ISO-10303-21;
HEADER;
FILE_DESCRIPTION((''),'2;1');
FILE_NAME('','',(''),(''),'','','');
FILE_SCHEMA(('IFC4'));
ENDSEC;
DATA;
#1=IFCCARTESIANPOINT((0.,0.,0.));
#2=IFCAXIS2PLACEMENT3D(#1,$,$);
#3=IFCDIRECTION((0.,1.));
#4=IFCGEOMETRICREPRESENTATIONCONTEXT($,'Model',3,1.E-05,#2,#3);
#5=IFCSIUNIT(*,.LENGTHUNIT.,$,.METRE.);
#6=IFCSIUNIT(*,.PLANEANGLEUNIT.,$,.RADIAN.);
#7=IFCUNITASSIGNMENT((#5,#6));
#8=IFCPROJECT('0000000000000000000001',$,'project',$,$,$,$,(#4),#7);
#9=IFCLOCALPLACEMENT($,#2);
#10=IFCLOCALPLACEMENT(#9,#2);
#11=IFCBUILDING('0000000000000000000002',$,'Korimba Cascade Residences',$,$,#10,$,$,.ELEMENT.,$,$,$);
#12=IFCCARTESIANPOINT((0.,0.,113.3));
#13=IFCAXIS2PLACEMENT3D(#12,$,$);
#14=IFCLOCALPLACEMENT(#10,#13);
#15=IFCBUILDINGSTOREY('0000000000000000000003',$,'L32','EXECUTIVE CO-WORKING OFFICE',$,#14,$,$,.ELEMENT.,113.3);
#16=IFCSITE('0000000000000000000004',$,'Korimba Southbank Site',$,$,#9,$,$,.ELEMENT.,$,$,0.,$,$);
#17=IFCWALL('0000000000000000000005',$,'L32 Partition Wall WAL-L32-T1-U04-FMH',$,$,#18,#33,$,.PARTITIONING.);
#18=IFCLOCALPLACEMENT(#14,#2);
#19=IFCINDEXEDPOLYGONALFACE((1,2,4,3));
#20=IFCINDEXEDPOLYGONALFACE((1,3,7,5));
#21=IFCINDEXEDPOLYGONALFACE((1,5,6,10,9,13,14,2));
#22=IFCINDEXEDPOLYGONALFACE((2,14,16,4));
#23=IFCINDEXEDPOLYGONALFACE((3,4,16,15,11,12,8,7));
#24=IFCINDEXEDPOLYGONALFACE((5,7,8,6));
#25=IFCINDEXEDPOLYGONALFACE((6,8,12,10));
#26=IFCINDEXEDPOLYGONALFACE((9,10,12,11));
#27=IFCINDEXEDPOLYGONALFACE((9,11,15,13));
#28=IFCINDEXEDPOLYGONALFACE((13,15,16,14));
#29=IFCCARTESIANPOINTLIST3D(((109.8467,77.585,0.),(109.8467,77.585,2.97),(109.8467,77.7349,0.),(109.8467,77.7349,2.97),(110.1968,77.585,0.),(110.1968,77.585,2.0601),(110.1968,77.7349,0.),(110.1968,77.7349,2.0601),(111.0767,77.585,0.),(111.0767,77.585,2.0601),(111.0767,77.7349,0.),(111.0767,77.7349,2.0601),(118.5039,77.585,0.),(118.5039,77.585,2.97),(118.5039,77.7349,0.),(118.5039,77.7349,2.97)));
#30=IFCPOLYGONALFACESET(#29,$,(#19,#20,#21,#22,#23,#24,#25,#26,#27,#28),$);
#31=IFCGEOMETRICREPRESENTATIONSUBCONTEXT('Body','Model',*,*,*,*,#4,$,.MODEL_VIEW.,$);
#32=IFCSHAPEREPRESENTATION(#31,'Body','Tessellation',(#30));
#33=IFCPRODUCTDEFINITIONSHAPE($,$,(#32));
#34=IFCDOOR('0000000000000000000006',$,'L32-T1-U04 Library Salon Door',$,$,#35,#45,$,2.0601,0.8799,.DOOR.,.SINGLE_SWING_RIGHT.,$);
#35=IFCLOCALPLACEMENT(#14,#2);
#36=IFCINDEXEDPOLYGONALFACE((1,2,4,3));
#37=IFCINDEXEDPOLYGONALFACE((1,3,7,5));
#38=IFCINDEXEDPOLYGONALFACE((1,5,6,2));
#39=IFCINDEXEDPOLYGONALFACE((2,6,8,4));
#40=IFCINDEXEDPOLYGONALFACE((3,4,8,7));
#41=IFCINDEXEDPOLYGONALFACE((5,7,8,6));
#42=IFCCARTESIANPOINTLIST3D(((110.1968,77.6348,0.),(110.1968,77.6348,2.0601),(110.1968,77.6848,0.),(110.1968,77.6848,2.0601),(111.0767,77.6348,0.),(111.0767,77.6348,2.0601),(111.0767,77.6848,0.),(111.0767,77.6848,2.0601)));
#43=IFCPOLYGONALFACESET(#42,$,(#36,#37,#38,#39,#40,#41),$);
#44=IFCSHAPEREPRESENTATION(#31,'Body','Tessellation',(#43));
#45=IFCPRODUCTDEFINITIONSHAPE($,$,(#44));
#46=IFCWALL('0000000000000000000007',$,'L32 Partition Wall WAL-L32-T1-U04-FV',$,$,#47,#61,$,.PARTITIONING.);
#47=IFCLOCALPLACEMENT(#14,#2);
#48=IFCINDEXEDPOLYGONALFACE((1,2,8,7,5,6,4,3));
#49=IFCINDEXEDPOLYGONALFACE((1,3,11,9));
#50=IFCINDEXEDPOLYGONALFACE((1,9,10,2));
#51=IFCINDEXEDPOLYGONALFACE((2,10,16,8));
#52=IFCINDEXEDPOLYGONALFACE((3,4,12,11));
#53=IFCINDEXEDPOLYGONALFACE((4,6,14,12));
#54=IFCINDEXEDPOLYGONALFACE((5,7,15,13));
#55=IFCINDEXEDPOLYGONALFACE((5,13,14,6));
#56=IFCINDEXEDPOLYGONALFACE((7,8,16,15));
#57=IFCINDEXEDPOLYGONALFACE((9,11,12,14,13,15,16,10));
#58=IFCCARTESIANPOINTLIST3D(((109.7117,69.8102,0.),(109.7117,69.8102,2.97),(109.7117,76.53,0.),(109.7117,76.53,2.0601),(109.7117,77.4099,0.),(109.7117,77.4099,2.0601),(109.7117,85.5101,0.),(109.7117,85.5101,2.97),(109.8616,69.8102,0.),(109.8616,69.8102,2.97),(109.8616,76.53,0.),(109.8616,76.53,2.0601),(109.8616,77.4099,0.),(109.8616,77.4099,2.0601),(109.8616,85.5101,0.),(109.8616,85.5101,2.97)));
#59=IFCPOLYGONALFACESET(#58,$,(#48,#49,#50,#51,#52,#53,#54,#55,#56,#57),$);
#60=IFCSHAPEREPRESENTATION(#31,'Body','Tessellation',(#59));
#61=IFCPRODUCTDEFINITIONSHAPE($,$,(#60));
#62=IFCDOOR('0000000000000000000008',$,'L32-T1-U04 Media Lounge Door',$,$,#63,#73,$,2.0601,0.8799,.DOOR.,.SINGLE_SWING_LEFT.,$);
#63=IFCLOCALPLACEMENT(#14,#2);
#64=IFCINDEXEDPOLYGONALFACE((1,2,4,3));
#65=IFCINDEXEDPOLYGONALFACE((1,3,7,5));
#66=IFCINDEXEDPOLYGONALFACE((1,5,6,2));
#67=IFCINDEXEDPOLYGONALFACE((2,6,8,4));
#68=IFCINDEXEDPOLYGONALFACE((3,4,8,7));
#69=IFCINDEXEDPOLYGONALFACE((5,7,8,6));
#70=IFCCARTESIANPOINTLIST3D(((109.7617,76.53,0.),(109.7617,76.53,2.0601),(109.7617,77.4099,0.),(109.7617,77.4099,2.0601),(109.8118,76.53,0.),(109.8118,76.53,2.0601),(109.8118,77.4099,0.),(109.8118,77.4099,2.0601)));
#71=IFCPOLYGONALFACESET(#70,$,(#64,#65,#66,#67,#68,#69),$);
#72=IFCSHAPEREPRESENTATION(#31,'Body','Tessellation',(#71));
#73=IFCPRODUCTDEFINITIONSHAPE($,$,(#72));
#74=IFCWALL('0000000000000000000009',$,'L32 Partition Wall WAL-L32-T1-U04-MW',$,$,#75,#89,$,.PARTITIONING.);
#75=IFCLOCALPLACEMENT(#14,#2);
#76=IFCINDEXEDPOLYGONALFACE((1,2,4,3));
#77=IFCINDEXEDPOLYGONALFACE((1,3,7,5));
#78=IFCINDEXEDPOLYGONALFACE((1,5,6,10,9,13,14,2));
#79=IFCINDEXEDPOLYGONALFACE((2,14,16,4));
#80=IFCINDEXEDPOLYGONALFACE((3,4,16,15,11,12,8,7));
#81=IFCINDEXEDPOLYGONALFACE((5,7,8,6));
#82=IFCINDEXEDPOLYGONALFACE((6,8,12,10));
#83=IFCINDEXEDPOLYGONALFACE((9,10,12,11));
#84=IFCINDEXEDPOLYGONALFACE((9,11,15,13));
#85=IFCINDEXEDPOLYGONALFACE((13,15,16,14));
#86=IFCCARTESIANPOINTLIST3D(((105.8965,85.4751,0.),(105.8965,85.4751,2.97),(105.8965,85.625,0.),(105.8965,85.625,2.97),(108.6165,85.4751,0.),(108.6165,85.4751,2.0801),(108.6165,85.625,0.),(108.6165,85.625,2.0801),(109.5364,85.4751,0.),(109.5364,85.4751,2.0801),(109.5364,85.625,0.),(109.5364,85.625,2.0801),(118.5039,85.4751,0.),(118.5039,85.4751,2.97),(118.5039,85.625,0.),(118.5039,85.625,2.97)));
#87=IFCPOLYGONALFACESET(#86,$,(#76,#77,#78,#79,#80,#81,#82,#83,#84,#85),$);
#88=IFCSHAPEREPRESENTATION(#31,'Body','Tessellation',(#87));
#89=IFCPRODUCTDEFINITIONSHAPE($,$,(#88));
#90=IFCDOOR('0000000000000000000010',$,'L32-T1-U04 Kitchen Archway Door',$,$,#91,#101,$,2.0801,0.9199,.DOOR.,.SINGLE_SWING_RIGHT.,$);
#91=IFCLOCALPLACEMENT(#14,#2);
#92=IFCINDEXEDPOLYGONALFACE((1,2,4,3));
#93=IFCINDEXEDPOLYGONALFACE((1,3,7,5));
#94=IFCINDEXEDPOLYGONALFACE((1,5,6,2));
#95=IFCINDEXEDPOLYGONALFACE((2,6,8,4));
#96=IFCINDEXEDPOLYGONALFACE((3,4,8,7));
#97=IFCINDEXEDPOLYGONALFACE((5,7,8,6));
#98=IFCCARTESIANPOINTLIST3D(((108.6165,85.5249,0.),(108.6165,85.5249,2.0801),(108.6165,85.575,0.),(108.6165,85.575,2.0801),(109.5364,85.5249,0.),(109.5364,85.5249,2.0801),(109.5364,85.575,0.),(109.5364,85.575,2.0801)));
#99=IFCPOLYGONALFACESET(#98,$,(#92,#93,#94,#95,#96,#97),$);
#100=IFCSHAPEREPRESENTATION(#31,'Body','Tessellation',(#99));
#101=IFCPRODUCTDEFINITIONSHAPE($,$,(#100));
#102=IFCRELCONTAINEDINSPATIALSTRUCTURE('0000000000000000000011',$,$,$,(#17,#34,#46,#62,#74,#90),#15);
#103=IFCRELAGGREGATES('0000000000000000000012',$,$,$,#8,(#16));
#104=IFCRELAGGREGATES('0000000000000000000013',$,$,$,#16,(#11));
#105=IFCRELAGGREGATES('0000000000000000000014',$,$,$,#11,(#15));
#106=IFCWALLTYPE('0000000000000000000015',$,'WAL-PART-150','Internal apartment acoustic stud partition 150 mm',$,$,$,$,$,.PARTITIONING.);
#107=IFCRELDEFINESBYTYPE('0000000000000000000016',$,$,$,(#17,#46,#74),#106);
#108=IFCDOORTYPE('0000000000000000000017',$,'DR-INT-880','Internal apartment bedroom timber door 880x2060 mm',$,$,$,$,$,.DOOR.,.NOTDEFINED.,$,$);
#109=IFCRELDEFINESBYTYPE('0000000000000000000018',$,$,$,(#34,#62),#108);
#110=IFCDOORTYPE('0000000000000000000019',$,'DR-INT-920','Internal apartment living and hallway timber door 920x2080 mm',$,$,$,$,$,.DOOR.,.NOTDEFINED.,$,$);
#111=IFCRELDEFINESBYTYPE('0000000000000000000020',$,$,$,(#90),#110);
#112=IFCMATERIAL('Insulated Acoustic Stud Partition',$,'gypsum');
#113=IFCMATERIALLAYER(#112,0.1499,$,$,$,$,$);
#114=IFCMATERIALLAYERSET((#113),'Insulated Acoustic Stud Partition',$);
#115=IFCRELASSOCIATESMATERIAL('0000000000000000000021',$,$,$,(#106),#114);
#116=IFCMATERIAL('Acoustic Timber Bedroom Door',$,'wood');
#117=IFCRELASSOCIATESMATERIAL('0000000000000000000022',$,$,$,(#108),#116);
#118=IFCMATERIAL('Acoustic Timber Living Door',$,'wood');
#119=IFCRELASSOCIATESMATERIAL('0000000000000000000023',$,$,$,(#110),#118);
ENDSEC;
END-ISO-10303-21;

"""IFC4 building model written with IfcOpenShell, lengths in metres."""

from ifc_helpers import new_model, si_unit, direction, frame, frame_2d, origin, place, context, subcontext, project, spatial, rectangle, extrude, material, layer, layer_set, type_object, element, fill, save


model = new_model("IFC4")

# Units and contexts
model_context = context("Model", 3, precision=1e-05, world=origin(), true_north=direction((0.0, 1.0)))
body_context = subcontext(model_context, "Body", "Model", "MODEL_VIEW")
ifc_project = project(units=[si_unit("LENGTHUNIT", "METRE"), si_unit("PLANEANGLEUNIT", "RADIAN")], contexts=[model_context])

# Site, building, storey
site_placement = place(None, origin())
site = spatial("IfcSite", under=ifc_project, at=site_placement, Name="Korimba Southbank Site", CompositionType="ELEMENT", RefElevation=0.0)
building_placement = place(site_placement, origin())
building = spatial("IfcBuilding", under=site, at=building_placement, Name="Korimba Cascade Residences", CompositionType="ELEMENT")
storey_placement = place(building_placement, frame((0.0, 0.0, 113.3)))
storey = spatial("IfcBuildingStorey", under=building, at=storey_placement, Name="L32", Description="EXECUTIVE CO-WORKING OFFICE", CompositionType="ELEMENT", Elevation=113.3)

# Walls, openings, doors
ifc_material_1 = material(Name="Insulated Acoustic Stud Partition", Category="gypsum")
ifc_layer_1 = layer(ifc_material_1, 0.1499)
ifc_layer_set_1 = layer_set([ifc_layer_1], Name="Insulated Acoustic Stud Partition")
wall_type_1 = type_object("IfcWallType", Name="WAL-PART-150", Description="Internal apartment acoustic stud partition 150 mm", PredefinedType="PARTITIONING", material=ifc_layer_set_1)
ifc_material_2 = material(Name="Acoustic Timber Bedroom Door", Category="wood")
door_type_1 = type_object("IfcDoorType", Name="DR-INT-880", Description="Internal apartment bedroom timber door 880x2060 mm", OperationType="NOTDEFINED", PredefinedType="DOOR", material=ifc_material_2)
wall_1_placement = place(storey_placement, frame((109.8467, 77.6599, 0.0), z_axis=(0.0, 0.0, 1.0), x_axis=(1.0, 0.0, 0.0)))
wall_1 = element("IfcWall", 1, at=wall_1_placement, inside=storey, type_object=wall_type_1, Name="L32 Partition Wall WAL-L32-T1-U04-FMH", PredefinedType="PARTITIONING", context=body_context, shape_type="SweptSolid", body=[
    extrude(rectangle(XDim=8.6572, YDim=0.1499, at=frame_2d((4.3286, 0.0))), origin(), (0.0, 0.0, 1.0), 2.97),
])
opening_1_placement = place(wall_1_placement, frame((0.3501, 0.0, 0.0)))
opening_1 = element("IfcOpeningElement", 2, at=opening_1_placement, cuts=wall_1, PredefinedType="OPENING", context=body_context, shape_type="SweptSolid", body=[
    extrude(rectangle(XDim=0.8799, YDim=2.0601, at=frame_2d((0.4399, 1.03))), frame((0.0, 0.085, 0.0), z_axis=(0.0, -1.0, 0.0), x_axis=(1.0, 0.0, 0.0)), (0.0, 0.0, 1.0), 0.1699),
])
door_1_placement = place(opening_1_placement, origin())
door_1 = element("IfcDoor", 3, at=door_1_placement, inside=storey, type_object=door_type_1, Name="L32-T1-U04 Library Salon Door", OperationType="SINGLE_SWING_RIGHT", OverallHeight=2.0601, OverallWidth=0.8799, PredefinedType="DOOR", context=body_context, shape_type="SweptSolid", body=[
    extrude(rectangle(XDim=0.8799, YDim=2.0601, at=frame_2d((0.4399, 1.03))), frame((0.0, 0.0249, 0.0), z_axis=(0.0, -1.0, 0.0), x_axis=(1.0, 0.0, 0.0)), (0.0, 0.0, 1.0), 0.05),
])
fill(opening_1, door_1)
wall_2_placement = place(storey_placement, frame((109.7866, 69.8101, 0.0), z_axis=(0.0, 0.0, 1.0), x_axis=(0.0, 1.0, 0.0)))
wall_2 = element("IfcWall", 4, at=wall_2_placement, inside=storey, type_object=wall_type_1, Name="L32 Partition Wall WAL-L32-T1-U04-FV", PredefinedType="PARTITIONING", context=body_context, shape_type="SweptSolid", body=[
    extrude(rectangle(XDim=15.7, YDim=0.1499, at=frame_2d((7.8501, 0.0))), origin(), (0.0, 0.0, 1.0), 2.97),
])
opening_2_placement = place(wall_2_placement, frame((6.72, 0.0, 0.0)))
opening_2 = element("IfcOpeningElement", 5, at=opening_2_placement, cuts=wall_2, PredefinedType="OPENING", context=body_context, shape_type="SweptSolid", body=[
    extrude(rectangle(XDim=0.8799, YDim=2.0601, at=frame_2d((0.4399, 1.03))), frame((0.0, 0.085, 0.0), z_axis=(0.0, -1.0, 0.0), x_axis=(1.0, 0.0, 0.0)), (0.0, 0.0, 1.0), 0.1699),
])
door_2_placement = place(opening_2_placement, origin())
door_2 = element("IfcDoor", 6, at=door_2_placement, inside=storey, type_object=door_type_1, Name="L32-T1-U04 Media Lounge Door", OperationType="SINGLE_SWING_LEFT", OverallHeight=2.0601, OverallWidth=0.8799, PredefinedType="DOOR", context=body_context, shape_type="SweptSolid", body=[
    extrude(rectangle(XDim=0.8799, YDim=2.0601, at=frame_2d((0.4399, 1.03))), frame((0.0, 0.0249, 0.0), z_axis=(0.0, -1.0, 0.0), x_axis=(1.0, 0.0, 0.0)), (0.0, 0.0, 1.0), 0.05),
])
fill(opening_2, door_2)
wall_3_placement = place(storey_placement, frame((105.8965, 85.55, 0.0), z_axis=(0.0, 0.0, 1.0), x_axis=(1.0, 0.0, 0.0)))
wall_3 = element("IfcWall", 7, at=wall_3_placement, inside=storey, type_object=wall_type_1, Name="L32 Partition Wall WAL-L32-T1-U04-MW", PredefinedType="PARTITIONING", context=body_context, shape_type="SweptSolid", body=[
    extrude(rectangle(XDim=12.6074, YDim=0.1499, at=frame_2d((6.3037, 0.0))), origin(), (0.0, 0.0, 1.0), 2.97),
])
opening_3_placement = place(wall_3_placement, frame((2.72, 0.0, 0.0)))
opening_3 = element("IfcOpeningElement", 8, at=opening_3_placement, cuts=wall_3, PredefinedType="OPENING", context=body_context, shape_type="SweptSolid", body=[
    extrude(rectangle(XDim=0.9199, YDim=2.0801, at=frame_2d((0.46, 1.04))), frame((0.0, 0.085, 0.0), z_axis=(0.0, -1.0, 0.0), x_axis=(1.0, 0.0, 0.0)), (0.0, 0.0, 1.0), 0.1699),
])
ifc_material_3 = material(Name="Acoustic Timber Living Door", Category="wood")
door_type_2 = type_object("IfcDoorType", Name="DR-INT-920", Description="Internal apartment living and hallway timber door 920x2080 mm", OperationType="NOTDEFINED", PredefinedType="DOOR", material=ifc_material_3)
door_3_placement = place(opening_3_placement, origin())
door_3 = element("IfcDoor", 9, at=door_3_placement, inside=storey, type_object=door_type_2, Name="L32-T1-U04 Kitchen Archway Door", OperationType="SINGLE_SWING_RIGHT", OverallHeight=2.0801, OverallWidth=0.9199, PredefinedType="DOOR", context=body_context, shape_type="SweptSolid", body=[
    extrude(rectangle(XDim=0.9199, YDim=2.0801, at=frame_2d((0.46, 1.04))), frame((0.0, 0.0249, 0.0), z_axis=(0.0, -1.0, 0.0), x_axis=(1.0, 0.0, 0.0)), (0.0, 0.0, 1.0), 0.05),
])
fill(opening_3, door_3)

save(model, "model.ifc")
